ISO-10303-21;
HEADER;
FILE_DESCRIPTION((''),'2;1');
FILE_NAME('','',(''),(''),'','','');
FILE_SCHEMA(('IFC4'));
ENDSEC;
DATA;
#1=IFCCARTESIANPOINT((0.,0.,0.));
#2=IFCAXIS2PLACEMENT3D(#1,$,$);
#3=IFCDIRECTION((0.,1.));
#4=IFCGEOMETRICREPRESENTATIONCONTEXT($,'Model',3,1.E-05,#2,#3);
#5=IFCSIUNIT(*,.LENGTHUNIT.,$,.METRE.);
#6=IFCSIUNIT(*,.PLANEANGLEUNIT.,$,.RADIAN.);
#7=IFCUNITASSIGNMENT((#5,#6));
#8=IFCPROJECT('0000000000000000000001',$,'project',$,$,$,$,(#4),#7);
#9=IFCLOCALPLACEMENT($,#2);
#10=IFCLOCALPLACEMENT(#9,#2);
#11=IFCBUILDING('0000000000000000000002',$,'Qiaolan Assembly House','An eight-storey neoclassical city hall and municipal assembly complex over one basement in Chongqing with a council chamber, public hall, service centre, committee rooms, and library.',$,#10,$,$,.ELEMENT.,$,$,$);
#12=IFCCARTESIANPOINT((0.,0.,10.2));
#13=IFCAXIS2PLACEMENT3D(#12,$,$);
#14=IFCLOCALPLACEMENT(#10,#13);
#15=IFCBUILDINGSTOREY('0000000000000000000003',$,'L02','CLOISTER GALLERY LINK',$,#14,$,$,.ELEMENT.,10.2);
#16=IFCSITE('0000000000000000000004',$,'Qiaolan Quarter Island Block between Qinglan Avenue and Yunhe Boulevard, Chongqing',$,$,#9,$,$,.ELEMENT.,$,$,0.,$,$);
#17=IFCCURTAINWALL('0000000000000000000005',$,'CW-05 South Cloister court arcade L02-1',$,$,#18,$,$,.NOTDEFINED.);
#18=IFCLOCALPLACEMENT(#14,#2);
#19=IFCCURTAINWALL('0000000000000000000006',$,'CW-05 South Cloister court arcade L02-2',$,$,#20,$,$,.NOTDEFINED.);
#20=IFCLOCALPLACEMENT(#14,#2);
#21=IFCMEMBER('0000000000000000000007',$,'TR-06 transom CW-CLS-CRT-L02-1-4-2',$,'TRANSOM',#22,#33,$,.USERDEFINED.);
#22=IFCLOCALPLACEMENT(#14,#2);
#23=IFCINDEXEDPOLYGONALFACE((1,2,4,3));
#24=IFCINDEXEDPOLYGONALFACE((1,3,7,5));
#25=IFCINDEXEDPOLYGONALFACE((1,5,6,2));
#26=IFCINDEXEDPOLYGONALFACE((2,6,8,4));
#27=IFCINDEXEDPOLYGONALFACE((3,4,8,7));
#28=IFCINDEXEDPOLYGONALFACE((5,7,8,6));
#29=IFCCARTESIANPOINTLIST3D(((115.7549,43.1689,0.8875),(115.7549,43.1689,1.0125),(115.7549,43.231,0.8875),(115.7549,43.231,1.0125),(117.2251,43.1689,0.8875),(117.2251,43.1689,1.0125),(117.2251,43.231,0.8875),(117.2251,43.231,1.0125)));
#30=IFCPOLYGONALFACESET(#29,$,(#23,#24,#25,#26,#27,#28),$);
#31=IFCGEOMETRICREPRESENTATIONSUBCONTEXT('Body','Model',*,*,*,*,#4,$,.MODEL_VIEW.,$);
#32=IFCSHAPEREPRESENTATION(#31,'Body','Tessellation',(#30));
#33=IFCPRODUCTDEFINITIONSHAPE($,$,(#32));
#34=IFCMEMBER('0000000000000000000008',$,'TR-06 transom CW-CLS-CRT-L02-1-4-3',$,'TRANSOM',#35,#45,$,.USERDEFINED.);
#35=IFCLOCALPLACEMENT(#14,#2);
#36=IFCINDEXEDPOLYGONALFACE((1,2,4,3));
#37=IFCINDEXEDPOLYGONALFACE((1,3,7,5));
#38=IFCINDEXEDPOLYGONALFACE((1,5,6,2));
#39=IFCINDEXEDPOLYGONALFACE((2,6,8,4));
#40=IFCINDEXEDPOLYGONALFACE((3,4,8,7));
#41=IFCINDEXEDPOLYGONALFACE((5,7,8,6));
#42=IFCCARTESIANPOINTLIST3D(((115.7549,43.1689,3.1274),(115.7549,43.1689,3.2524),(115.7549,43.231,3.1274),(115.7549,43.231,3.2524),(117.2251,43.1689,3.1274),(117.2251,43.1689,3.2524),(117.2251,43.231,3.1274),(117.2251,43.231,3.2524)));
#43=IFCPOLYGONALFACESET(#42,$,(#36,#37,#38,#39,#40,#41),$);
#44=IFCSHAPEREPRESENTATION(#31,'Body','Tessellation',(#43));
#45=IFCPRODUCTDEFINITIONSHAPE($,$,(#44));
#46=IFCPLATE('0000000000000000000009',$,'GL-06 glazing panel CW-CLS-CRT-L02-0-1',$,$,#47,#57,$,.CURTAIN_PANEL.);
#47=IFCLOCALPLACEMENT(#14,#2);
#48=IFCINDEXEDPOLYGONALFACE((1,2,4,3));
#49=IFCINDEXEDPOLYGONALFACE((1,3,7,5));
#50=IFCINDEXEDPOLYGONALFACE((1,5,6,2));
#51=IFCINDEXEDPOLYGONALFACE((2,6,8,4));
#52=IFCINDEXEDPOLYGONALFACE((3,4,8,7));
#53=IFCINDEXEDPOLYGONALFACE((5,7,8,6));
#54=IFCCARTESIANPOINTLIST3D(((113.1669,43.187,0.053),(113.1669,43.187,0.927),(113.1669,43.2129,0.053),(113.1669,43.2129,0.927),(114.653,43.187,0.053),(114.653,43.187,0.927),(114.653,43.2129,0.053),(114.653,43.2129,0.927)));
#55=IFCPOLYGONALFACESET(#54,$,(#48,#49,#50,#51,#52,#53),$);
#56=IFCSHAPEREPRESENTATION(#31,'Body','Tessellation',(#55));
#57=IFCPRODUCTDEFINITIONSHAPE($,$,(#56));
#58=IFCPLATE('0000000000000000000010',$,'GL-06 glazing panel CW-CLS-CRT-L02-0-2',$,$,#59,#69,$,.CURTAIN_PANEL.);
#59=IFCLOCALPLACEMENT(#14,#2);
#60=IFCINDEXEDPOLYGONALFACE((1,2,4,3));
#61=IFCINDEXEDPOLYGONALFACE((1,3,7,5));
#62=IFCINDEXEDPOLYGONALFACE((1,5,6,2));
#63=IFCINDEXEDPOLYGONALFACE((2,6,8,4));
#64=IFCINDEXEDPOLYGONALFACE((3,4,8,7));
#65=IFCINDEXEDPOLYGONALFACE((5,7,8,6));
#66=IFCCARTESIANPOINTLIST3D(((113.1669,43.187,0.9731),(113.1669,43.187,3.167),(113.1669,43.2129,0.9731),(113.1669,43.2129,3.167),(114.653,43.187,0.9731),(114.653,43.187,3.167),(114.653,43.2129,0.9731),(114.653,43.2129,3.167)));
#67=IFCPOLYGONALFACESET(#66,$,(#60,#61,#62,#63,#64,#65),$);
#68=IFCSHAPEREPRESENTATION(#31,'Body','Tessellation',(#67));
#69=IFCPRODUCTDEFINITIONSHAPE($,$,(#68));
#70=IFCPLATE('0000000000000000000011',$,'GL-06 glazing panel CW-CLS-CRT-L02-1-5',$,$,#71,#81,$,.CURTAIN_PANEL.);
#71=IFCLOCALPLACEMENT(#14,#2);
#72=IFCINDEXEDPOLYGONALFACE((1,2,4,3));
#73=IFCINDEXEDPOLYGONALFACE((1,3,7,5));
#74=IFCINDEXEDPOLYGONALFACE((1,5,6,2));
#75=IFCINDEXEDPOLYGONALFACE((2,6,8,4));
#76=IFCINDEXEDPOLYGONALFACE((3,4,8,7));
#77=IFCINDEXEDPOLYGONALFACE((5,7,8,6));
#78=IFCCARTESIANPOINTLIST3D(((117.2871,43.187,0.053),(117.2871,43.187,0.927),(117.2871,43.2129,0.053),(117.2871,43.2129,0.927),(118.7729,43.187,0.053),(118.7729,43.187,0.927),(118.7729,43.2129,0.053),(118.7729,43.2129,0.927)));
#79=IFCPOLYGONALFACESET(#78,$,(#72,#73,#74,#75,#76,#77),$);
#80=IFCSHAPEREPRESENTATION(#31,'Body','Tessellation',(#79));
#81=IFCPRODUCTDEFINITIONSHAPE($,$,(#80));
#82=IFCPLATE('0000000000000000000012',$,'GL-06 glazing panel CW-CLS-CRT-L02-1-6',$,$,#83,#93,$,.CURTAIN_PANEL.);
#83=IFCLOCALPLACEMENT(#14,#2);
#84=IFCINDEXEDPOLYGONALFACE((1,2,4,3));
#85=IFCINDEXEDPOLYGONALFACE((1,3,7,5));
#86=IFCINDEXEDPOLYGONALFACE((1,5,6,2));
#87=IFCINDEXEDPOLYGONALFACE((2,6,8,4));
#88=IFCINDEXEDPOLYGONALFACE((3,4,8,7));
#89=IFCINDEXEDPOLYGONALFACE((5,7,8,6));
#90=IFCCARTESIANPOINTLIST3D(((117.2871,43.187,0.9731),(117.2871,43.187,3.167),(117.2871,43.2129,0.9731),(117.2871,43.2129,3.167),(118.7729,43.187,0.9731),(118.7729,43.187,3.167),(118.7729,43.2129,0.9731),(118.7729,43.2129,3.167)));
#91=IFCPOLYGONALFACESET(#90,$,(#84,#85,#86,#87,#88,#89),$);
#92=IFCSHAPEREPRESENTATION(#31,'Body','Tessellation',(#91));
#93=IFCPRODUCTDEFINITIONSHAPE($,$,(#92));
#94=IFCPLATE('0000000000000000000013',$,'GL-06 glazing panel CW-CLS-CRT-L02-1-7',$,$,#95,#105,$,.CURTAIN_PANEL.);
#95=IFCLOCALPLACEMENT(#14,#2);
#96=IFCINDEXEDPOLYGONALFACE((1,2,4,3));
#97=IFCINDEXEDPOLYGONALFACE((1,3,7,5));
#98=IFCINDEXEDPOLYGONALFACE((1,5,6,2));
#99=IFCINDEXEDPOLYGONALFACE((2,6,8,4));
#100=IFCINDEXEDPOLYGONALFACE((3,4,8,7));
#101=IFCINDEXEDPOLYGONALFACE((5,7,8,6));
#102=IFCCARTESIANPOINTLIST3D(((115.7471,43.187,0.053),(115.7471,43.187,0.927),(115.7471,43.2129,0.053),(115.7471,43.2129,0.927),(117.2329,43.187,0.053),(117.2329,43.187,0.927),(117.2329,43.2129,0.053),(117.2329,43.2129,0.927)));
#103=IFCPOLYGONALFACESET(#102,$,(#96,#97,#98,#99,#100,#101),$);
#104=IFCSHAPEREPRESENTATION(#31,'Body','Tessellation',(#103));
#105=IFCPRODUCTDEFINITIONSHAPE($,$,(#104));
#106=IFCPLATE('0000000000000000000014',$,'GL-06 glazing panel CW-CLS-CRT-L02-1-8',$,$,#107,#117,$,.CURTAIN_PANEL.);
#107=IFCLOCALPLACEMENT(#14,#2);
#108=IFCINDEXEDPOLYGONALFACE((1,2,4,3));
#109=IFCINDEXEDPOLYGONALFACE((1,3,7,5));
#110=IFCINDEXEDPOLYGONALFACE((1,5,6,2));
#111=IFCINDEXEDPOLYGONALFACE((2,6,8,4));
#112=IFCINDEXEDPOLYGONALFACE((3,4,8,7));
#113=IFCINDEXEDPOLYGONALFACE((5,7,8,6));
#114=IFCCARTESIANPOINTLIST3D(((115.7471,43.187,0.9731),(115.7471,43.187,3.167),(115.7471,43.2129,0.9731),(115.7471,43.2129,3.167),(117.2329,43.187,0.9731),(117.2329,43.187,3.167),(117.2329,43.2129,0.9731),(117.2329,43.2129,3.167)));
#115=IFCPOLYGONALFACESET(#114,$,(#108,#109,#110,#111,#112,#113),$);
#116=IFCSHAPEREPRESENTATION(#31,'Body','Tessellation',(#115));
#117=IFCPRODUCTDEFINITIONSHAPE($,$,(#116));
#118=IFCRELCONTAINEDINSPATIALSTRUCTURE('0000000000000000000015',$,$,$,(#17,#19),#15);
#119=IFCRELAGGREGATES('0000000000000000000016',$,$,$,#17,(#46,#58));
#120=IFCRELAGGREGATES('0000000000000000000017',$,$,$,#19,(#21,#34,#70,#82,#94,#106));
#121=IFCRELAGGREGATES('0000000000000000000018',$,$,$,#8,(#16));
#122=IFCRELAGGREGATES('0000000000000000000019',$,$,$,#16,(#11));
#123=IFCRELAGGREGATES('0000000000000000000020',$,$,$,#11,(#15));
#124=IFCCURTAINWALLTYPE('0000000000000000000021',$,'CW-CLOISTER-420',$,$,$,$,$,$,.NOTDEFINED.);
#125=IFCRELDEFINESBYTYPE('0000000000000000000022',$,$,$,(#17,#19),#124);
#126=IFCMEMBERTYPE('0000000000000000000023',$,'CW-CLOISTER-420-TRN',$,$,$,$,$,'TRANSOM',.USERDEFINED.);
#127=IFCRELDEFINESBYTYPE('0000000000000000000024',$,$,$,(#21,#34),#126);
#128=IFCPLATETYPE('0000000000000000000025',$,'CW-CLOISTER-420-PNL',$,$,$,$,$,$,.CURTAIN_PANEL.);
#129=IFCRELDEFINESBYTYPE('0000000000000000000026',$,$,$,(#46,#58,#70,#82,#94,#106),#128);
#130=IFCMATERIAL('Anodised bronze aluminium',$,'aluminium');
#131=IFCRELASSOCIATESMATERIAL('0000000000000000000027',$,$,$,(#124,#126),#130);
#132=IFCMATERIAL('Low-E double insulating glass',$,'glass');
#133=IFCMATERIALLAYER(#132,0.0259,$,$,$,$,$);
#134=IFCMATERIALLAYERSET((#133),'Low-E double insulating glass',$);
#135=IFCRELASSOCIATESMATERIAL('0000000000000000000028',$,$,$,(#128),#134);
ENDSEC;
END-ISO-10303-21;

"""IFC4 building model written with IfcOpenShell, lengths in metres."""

from ifc_helpers import new_model, si_unit, direction, frame, frame_2d, origin, origin_2d, place, context, subcontext, project, spatial, rectangle, extrude, material, layer, layer_set, material_profile, profile_set, type_object, element, aggregate, save


model = new_model("IFC4")

# Units and contexts
model_context = context("Model", 3, precision=1e-05, world=origin(), true_north=direction((0.0, 1.0)))
body_context = subcontext(model_context, "Body", "Model", "MODEL_VIEW")
ifc_project = project(units=[si_unit("LENGTHUNIT", "METRE"), si_unit("PLANEANGLEUNIT", "RADIAN")], contexts=[model_context])

# Site, building, storey
site_placement = place(None, origin())
site = spatial("IfcSite", under=ifc_project, at=site_placement, Name="Qiaolan Quarter Island Block between Qinglan Avenue and Yunhe Boulevard, Chongqing", CompositionType="ELEMENT", RefElevation=0.0)
building_placement = place(site_placement, origin())
building = spatial("IfcBuilding", under=site, at=building_placement, Name="Qiaolan Assembly House", Description="An eight-storey neoclassical city hall and municipal assembly complex over one basement in Chongqing with a council chamber, public hall, service centre, committee rooms, and library.", CompositionType="ELEMENT")
storey_placement = place(building_placement, frame((0.0, 0.0, 10.2)))
storey = spatial("IfcBuildingStorey", under=building, at=storey_placement, Name="L02", Description="CLOISTER GALLERY LINK", CompositionType="ELEMENT", Elevation=10.2)

# Curtain wall
ifc_material_1 = material(Name="Anodised bronze aluminium", Category="aluminium")
curtain_wall_type = type_object("IfcCurtainWallType", Name="CW-CLOISTER-420", PredefinedType="NOTDEFINED", material=ifc_material_1)
curtain_wall_1_placement = place(storey_placement, origin())
curtain_wall_1 = element("IfcCurtainWall", 1, at=curtain_wall_1_placement, inside=storey, type_object=curtain_wall_type, Name="CW-05 South Cloister court arcade L02-1", PredefinedType="NOTDEFINED")

# Curtain wall
curtain_wall_2_placement = place(storey_placement, origin())
curtain_wall_2 = element("IfcCurtainWall", 2, at=curtain_wall_2_placement, inside=storey, type_object=curtain_wall_type, Name="CW-05 South Cloister court arcade L02-2", PredefinedType="NOTDEFINED")

# Members
ifc_material_profile_1 = material_profile(ifc_material_1, rectangle(XDim=0.062, YDim=0.125, at=origin_2d()), Name="TRN 62x125")
ifc_profile_set_1 = profile_set([ifc_material_profile_1], Name="Anodised bronze aluminium")
member_type_1 = type_object("IfcMemberType", Name="CW-CLOISTER-420-TRN", ElementType="TRANSOM", PredefinedType="USERDEFINED", material=ifc_profile_set_1)
member_1_placement = place(storey_placement, frame((117.2251, 43.2, 0.95), z_axis=(-1.0, 0.0, 0.0), x_axis=(0.0, -1.0, 0.0)))
member_1 = element("IfcMember", 3, at=member_1_placement, type_object=member_type_1, Name="TR-06 transom CW-CLS-CRT-L02-1-4-2", ObjectType="TRANSOM", PredefinedType="USERDEFINED", context=body_context, shape_type="SweptSolid", body=[
    extrude(rectangle(XDim=0.062, YDim=0.125, at=origin_2d()), origin(), (0.0, 0.0, 1.0), 1.4702),
])
member_2_placement = place(storey_placement, frame((117.2251, 43.2, 3.1899), z_axis=(-1.0, 0.0, 0.0), x_axis=(0.0, -1.0, 0.0)))
member_2 = element("IfcMember", 4, at=member_2_placement, type_object=member_type_1, Name="TR-06 transom CW-CLS-CRT-L02-1-4-3", ObjectType="TRANSOM", PredefinedType="USERDEFINED", context=body_context, shape_type="SweptSolid", body=[
    extrude(rectangle(XDim=0.062, YDim=0.125, at=origin_2d()), origin(), (0.0, 0.0, 1.0), 1.4702),
])

# Plates
ifc_material_2 = material(Name="Low-E double insulating glass", Category="glass")
ifc_layer = layer(ifc_material_2, 0.0259)
ifc_layer_set = layer_set([ifc_layer], Name="Low-E double insulating glass")
plate_type = type_object("IfcPlateType", Name="CW-CLOISTER-420-PNL", PredefinedType="CURTAIN_PANEL", material=ifc_layer_set)
plate_1_placement = place(storey_placement, frame((114.6531, 43.2, 0.053), z_axis=(0.0, 0.0, 1.0), x_axis=(-1.0, 0.0, 0.0)))
plate_1 = element("IfcPlate", 5, at=plate_1_placement, type_object=plate_type, Name="GL-06 glazing panel CW-CLS-CRT-L02-0-1", PredefinedType="CURTAIN_PANEL", context=body_context, shape_type="SweptSolid", body=[
    extrude(rectangle(XDim=1.4861, YDim=0.0259, at=frame_2d((0.7432, 0.0))), origin(), (0.0, 0.0, 1.0), 0.874),
])
plate_2_placement = place(storey_placement, frame((114.6531, 43.2, 0.9731), z_axis=(0.0, 0.0, 1.0), x_axis=(-1.0, 0.0, 0.0)))
plate_2 = element("IfcPlate", 6, at=plate_2_placement, type_object=plate_type, Name="GL-06 glazing panel CW-CLS-CRT-L02-0-2", PredefinedType="CURTAIN_PANEL", context=body_context, shape_type="SweptSolid", body=[
    extrude(rectangle(XDim=1.4861, YDim=0.0259, at=frame_2d((0.7432, 0.0))), origin(), (0.0, 0.0, 1.0), 2.1938),
])
aggregate(curtain_wall_1, [plate_1, plate_2])
plate_3_placement = place(storey_placement, frame((118.7729, 43.2, 0.053), z_axis=(0.0, 0.0, 1.0), x_axis=(-1.0, 0.0, 0.0)))
plate_3 = element("IfcPlate", 7, at=plate_3_placement, type_object=plate_type, Name="GL-06 glazing panel CW-CLS-CRT-L02-1-5", PredefinedType="CURTAIN_PANEL", context=body_context, shape_type="SweptSolid", body=[
    extrude(rectangle(XDim=1.4858, YDim=0.0259, at=frame_2d((0.7429, 0.0))), origin(), (0.0, 0.0, 1.0), 0.874),
])
plate_4_placement = place(storey_placement, frame((118.7729, 43.2, 0.9731), z_axis=(0.0, 0.0, 1.0), x_axis=(-1.0, 0.0, 0.0)))
plate_4 = element("IfcPlate", 8, at=plate_4_placement, type_object=plate_type, Name="GL-06 glazing panel CW-CLS-CRT-L02-1-6", PredefinedType="CURTAIN_PANEL", context=body_context, shape_type="SweptSolid", body=[
    extrude(rectangle(XDim=1.4858, YDim=0.0259, at=frame_2d((0.7429, 0.0))), origin(), (0.0, 0.0, 1.0), 2.1938),
])
plate_5_placement = place(storey_placement, frame((117.2329, 43.2, 0.053), z_axis=(0.0, 0.0, 1.0), x_axis=(-1.0, 0.0, 0.0)))
plate_5 = element("IfcPlate", 9, at=plate_5_placement, type_object=plate_type, Name="GL-06 glazing panel CW-CLS-CRT-L02-1-7", PredefinedType="CURTAIN_PANEL", context=body_context, shape_type="SweptSolid", body=[
    extrude(rectangle(XDim=1.4858, YDim=0.0259, at=frame_2d((0.7429, 0.0))), origin(), (0.0, 0.0, 1.0), 0.874),
])
plate_6_placement = place(storey_placement, frame((117.2329, 43.2, 0.9731), z_axis=(0.0, 0.0, 1.0), x_axis=(-1.0, 0.0, 0.0)))
plate_6 = element("IfcPlate", 10, at=plate_6_placement, type_object=plate_type, Name="GL-06 glazing panel CW-CLS-CRT-L02-1-8", PredefinedType="CURTAIN_PANEL", context=body_context, shape_type="SweptSolid", body=[
    extrude(rectangle(XDim=1.4858, YDim=0.0259, at=frame_2d((0.7429, 0.0))), origin(), (0.0, 0.0, 1.0), 2.1938),
])
aggregate(curtain_wall_2, [member_1, member_2, plate_3, plate_4, plate_5, plate_6])

save(model, "model.ifc")
